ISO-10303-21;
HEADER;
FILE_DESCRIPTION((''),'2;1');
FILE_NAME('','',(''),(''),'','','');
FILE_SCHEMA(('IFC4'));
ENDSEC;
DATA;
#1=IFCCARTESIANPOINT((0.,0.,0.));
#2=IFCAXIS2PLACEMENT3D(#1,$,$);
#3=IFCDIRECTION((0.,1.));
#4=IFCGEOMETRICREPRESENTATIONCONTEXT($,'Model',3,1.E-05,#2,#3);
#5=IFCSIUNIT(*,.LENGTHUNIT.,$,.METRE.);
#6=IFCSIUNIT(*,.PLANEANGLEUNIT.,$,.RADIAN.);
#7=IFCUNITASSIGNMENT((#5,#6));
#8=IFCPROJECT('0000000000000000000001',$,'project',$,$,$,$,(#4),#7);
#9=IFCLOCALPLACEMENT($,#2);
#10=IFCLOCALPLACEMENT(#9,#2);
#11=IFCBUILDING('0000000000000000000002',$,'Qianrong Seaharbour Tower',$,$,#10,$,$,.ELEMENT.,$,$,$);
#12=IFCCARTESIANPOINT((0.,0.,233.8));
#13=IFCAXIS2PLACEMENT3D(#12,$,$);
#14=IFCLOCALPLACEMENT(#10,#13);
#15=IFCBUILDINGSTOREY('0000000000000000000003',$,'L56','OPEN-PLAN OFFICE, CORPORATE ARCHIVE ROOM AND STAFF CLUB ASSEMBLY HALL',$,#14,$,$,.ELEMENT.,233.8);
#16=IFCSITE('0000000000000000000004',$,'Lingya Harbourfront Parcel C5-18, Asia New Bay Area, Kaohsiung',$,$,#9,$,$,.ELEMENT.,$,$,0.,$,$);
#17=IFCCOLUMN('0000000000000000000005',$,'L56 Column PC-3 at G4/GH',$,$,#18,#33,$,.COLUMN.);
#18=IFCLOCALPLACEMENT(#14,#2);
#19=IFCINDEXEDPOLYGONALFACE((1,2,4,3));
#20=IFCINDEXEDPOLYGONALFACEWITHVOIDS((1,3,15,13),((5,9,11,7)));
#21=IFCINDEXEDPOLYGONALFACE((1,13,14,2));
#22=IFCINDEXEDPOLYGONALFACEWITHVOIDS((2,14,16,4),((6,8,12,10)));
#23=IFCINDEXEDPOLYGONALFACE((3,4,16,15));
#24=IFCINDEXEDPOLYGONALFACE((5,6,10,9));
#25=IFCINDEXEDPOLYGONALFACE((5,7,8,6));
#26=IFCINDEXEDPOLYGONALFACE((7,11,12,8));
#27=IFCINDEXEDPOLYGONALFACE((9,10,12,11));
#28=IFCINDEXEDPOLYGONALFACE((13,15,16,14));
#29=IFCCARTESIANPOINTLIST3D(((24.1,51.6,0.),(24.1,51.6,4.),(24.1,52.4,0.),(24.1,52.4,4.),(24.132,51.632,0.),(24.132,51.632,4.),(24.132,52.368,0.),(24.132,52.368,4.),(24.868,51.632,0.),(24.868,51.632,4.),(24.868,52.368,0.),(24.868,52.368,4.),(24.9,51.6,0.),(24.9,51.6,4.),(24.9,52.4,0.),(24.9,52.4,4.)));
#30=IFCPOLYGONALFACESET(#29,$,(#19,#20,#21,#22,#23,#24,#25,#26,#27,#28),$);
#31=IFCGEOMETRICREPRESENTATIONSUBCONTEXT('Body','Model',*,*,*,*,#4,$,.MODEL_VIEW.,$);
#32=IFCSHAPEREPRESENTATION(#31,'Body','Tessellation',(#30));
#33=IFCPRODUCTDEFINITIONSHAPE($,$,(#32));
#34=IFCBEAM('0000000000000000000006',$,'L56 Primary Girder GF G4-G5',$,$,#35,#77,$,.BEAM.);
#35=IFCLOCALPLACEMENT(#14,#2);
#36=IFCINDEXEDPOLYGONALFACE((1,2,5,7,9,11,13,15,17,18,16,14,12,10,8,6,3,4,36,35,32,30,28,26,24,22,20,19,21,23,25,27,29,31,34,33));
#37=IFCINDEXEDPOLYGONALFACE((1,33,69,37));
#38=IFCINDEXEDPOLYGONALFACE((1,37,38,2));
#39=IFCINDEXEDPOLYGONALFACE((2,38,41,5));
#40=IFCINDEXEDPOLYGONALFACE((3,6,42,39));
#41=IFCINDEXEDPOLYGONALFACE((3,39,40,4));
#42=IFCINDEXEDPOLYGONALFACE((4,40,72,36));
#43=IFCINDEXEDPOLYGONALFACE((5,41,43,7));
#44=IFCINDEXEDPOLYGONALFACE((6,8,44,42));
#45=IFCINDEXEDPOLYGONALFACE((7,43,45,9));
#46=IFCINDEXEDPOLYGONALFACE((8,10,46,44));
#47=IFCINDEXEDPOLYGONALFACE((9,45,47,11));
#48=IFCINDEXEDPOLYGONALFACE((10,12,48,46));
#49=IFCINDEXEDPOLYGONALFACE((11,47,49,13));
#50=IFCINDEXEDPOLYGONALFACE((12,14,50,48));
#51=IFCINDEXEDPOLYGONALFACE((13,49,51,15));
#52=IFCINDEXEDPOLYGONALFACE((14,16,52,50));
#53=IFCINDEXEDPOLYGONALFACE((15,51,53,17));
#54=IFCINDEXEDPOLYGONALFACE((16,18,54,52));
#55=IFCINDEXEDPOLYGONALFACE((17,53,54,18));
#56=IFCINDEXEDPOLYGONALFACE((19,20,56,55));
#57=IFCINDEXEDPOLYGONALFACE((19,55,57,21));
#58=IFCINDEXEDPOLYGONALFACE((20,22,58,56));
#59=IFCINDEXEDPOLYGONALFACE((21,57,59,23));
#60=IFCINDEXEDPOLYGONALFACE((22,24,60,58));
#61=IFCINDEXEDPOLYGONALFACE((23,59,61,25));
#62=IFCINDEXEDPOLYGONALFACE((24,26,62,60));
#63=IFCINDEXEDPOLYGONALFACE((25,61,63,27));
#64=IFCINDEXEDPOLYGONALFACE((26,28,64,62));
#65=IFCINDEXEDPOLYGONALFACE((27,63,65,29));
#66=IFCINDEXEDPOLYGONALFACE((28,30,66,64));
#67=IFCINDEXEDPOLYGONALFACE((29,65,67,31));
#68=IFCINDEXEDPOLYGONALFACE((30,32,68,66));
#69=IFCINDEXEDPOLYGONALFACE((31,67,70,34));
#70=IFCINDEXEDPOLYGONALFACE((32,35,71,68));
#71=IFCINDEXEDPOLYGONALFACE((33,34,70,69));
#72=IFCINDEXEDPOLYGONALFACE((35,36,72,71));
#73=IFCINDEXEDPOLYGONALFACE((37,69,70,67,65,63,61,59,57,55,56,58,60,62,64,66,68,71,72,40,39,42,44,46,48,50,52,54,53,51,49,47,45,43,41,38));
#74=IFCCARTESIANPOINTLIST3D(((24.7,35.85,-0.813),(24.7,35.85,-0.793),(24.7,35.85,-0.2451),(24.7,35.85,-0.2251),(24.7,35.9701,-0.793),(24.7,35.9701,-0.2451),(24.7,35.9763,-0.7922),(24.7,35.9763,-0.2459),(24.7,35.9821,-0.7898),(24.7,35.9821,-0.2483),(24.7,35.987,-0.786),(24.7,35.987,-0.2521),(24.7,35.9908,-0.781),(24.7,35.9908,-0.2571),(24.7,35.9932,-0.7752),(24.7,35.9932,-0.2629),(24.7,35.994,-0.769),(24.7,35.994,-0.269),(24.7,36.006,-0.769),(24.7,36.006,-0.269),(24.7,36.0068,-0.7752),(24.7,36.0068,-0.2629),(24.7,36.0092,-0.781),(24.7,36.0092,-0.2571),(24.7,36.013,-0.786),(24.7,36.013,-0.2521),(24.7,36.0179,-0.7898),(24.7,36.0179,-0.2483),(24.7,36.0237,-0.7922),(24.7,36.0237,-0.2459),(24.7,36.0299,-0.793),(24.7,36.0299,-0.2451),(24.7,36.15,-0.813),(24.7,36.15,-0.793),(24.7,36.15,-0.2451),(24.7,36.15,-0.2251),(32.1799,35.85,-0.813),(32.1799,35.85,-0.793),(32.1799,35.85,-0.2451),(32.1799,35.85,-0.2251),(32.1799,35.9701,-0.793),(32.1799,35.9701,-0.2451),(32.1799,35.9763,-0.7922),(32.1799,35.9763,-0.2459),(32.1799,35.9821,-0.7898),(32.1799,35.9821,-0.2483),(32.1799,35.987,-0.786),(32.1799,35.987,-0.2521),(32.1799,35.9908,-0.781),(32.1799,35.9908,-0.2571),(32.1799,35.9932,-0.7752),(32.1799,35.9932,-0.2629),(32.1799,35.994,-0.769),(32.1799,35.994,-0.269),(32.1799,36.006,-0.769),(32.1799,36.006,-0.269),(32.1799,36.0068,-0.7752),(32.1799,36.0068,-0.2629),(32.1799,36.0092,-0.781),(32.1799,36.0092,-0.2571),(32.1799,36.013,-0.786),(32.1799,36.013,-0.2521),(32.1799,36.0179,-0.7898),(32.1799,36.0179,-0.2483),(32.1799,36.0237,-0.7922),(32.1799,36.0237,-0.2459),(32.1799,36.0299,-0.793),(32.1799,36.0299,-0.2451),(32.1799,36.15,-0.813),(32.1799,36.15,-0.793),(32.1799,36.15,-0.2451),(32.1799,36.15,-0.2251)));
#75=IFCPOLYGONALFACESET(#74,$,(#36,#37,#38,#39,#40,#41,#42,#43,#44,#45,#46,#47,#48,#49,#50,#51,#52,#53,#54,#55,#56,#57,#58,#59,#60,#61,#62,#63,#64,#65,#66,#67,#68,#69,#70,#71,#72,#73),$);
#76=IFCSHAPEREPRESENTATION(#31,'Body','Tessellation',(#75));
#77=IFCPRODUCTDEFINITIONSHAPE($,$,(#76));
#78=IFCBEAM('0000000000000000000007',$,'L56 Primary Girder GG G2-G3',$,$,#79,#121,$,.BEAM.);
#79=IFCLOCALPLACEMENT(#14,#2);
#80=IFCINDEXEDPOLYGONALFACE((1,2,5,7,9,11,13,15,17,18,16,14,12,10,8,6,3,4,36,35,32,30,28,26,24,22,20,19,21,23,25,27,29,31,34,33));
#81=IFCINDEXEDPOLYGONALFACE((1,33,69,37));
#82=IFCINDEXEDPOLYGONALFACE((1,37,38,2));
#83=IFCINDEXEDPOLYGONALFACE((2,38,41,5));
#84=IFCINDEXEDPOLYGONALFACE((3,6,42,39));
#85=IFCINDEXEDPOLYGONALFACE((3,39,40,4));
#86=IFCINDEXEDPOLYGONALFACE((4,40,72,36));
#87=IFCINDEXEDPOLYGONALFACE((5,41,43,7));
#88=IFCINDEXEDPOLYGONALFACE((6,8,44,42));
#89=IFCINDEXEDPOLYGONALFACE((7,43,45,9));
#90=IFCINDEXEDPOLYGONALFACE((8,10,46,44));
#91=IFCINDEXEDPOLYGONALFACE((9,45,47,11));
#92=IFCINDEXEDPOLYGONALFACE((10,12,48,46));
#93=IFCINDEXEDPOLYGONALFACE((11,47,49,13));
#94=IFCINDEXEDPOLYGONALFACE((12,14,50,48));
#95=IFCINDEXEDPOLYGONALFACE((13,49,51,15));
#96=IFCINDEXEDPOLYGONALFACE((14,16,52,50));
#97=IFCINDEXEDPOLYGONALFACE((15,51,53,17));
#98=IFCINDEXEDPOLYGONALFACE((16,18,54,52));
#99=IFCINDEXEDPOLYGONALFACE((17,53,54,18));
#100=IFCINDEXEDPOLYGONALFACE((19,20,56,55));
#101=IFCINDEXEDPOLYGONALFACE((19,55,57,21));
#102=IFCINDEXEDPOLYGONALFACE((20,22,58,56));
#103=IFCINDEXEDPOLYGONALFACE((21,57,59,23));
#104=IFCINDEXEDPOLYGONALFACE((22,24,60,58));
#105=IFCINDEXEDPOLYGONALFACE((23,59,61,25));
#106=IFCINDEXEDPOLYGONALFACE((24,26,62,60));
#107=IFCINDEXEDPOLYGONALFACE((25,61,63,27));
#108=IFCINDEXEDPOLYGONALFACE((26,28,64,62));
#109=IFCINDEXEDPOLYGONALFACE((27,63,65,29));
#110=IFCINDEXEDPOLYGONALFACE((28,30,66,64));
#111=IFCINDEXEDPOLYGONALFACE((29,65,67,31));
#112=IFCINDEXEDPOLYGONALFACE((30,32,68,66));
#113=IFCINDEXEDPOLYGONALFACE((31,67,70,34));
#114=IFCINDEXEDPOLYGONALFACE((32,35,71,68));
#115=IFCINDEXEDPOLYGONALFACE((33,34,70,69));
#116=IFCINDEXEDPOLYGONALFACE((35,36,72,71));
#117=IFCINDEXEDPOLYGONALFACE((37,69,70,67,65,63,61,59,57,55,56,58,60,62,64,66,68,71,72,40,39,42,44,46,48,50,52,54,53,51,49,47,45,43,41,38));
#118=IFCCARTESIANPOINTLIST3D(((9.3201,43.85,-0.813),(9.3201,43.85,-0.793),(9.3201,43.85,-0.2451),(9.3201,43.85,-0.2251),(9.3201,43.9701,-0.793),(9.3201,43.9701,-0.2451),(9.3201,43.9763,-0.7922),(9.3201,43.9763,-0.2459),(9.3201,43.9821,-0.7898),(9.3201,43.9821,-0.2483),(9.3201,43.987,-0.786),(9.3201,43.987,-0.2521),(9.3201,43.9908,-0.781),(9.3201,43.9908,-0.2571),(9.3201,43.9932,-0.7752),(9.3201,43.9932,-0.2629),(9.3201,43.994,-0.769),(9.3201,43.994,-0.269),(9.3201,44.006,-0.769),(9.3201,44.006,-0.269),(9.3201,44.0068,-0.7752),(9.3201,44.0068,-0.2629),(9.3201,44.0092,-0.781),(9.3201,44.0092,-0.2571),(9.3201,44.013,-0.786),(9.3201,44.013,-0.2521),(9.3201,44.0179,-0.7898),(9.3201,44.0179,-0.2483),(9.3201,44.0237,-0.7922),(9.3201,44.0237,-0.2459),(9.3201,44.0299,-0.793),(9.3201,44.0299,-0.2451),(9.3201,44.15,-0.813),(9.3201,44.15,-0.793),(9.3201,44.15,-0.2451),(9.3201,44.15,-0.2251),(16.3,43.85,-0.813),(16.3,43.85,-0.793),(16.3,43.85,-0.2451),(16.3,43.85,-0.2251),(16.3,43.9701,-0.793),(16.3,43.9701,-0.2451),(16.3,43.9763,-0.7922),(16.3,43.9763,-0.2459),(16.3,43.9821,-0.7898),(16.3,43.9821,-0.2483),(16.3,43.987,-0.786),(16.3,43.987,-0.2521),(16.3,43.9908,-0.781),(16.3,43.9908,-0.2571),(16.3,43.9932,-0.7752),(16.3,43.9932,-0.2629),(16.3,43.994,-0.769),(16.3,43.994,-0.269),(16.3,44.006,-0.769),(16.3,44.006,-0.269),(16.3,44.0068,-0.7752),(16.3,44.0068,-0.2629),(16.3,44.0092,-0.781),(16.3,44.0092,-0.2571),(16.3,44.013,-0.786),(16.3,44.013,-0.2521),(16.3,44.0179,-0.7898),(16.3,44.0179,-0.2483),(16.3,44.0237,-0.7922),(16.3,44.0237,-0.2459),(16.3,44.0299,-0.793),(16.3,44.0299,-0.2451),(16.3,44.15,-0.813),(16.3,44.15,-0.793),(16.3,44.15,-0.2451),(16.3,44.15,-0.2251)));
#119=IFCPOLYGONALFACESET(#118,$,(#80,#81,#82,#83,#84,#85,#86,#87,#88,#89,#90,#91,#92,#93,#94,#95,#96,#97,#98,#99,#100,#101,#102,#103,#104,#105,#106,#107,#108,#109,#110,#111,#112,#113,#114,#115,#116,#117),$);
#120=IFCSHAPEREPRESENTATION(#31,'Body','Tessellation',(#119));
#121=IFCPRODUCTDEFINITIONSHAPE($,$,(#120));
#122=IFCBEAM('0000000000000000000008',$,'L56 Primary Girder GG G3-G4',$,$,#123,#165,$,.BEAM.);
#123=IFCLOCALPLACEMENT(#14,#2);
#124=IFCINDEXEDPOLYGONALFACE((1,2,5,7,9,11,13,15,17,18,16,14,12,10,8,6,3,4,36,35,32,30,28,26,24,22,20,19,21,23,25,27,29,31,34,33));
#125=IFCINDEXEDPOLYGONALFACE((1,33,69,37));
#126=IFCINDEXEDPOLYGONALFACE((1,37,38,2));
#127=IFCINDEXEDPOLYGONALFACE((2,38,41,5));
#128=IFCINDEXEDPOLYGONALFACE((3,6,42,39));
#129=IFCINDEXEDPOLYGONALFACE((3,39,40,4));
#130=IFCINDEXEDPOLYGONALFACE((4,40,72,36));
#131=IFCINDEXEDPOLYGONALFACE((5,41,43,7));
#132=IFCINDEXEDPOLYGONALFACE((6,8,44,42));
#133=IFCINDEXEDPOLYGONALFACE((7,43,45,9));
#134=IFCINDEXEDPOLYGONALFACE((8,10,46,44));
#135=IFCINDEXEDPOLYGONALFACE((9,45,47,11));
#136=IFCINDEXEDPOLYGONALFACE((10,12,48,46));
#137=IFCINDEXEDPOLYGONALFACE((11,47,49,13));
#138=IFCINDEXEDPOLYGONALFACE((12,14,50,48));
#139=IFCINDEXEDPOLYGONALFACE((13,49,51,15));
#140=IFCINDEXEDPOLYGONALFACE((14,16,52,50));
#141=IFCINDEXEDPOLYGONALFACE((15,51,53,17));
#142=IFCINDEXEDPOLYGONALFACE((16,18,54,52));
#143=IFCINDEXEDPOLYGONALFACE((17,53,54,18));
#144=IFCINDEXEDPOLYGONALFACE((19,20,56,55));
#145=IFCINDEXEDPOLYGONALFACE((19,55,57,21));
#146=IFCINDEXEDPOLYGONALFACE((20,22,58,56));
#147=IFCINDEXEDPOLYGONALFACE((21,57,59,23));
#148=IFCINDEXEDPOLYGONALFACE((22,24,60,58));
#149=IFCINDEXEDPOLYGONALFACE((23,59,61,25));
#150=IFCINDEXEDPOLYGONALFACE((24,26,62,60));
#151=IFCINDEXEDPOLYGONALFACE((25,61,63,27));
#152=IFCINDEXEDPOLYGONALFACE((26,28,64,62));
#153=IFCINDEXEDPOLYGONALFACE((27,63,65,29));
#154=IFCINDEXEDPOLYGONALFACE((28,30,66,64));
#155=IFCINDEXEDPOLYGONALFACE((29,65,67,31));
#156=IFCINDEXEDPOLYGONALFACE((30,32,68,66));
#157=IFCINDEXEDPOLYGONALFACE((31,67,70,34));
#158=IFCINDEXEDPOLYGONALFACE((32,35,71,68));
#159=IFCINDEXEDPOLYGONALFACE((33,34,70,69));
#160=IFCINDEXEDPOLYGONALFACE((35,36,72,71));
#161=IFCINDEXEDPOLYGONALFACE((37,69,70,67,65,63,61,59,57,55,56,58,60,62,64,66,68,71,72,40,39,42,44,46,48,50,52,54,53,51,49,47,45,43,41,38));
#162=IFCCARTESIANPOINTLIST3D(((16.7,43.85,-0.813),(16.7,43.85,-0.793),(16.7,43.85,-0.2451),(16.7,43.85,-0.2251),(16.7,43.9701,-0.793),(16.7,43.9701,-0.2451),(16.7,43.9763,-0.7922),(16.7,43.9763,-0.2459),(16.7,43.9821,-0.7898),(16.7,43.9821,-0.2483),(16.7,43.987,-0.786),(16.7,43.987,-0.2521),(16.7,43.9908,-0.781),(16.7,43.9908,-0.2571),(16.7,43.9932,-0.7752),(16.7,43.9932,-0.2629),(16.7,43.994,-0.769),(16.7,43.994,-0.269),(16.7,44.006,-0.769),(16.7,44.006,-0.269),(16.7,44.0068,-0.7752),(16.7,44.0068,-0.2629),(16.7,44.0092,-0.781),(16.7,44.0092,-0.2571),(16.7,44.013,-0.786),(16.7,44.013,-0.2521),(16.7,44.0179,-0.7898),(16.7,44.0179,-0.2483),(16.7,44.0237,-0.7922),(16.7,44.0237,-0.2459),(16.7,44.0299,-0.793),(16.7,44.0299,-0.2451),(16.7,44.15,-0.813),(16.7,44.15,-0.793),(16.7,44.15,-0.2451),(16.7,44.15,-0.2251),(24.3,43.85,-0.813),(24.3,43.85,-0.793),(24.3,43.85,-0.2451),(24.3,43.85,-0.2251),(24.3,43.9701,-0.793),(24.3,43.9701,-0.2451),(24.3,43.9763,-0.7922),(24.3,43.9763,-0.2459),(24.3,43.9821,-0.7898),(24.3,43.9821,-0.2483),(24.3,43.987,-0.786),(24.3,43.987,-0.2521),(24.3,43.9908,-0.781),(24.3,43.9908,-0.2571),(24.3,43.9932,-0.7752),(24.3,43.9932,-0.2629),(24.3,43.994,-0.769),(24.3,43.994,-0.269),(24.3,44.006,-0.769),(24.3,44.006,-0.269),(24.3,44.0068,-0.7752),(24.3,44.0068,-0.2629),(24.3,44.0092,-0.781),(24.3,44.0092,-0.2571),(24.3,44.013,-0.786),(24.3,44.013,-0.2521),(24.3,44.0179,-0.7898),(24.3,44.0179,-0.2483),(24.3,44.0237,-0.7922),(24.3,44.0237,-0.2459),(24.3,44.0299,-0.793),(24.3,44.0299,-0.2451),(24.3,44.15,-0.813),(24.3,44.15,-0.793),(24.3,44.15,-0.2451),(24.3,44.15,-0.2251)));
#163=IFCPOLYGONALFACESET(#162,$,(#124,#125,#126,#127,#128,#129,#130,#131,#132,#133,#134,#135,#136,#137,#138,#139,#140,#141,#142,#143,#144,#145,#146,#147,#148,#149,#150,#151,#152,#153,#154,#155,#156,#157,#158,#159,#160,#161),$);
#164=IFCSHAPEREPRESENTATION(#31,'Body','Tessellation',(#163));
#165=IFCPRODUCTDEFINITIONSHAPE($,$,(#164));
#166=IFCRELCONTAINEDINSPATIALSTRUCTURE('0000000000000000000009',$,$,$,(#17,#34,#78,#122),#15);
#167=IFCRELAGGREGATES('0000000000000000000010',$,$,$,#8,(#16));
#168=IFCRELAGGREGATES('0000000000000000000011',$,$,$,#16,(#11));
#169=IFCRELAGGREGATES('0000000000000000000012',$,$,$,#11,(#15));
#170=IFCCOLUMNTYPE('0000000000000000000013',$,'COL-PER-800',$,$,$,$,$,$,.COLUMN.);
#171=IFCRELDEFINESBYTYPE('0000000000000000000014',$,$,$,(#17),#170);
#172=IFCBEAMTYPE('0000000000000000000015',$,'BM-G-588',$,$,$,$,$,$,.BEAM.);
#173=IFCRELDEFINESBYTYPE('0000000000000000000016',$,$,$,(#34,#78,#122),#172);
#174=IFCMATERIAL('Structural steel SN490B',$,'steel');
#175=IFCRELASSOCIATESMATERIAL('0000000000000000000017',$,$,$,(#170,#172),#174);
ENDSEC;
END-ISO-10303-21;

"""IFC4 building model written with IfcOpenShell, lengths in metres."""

from ifc_helpers import new_model, si_unit, direction, frame, origin, origin_2d, place, context, subcontext, project, spatial, hollow_rectangle, i_section, extrude, material, material_profile, profile_set, type_object, element, save


model = new_model("IFC4")

# Units and contexts
model_context = context("Model", 3, precision=1e-05, world=origin(), true_north=direction((0.0, 1.0)))
body_context = subcontext(model_context, "Body", "Model", "MODEL_VIEW")
ifc_project = project(units=[si_unit("LENGTHUNIT", "METRE"), si_unit("PLANEANGLEUNIT", "RADIAN")], contexts=[model_context])

# Site, building, storey
site_placement = place(None, origin())
site = spatial("IfcSite", under=ifc_project, at=site_placement, Name="Lingya Harbourfront Parcel C5-18, Asia New Bay Area, Kaohsiung", CompositionType="ELEMENT", RefElevation=0.0)
building_placement = place(site_placement, origin())
building = spatial("IfcBuilding", under=site, at=building_placement, Name="Qianrong Seaharbour Tower", CompositionType="ELEMENT")
storey_placement = place(building_placement, frame((0.0, 0.0, 233.8)))
storey = spatial("IfcBuildingStorey", under=building, at=storey_placement, Name="L56", Description="OPEN-PLAN OFFICE, CORPORATE ARCHIVE ROOM AND STAFF CLUB ASSEMBLY HALL", CompositionType="ELEMENT", Elevation=233.8)

# Column
ifc_material_1 = material(Name="Structural steel SN490B", Category="steel")
ifc_material_profile_1 = material_profile(ifc_material_1, hollow_rectangle(XDim=0.8, YDim=0.8, WallThickness=0.032, at=origin_2d()), Name="BOX800x800x32")
ifc_profile_set_1 = profile_set([ifc_material_profile_1], Name="Structural steel SN490B")
column_type_1 = type_object("IfcColumnType", Name="COL-PER-800", PredefinedType="COLUMN", material=ifc_profile_set_1)
for number, where, z_axis, x_axis, name in (
    (1, (24.5, 52.0, 0.0), (0.0, 0.0, 1.0), (1.0, 0.0, 0.0), "L56 Column PC-3 at G4/GH"),
):
    element("IfcColumn", number, at=place(storey_placement, frame(where, z_axis=z_axis, x_axis=x_axis)), inside=storey, type_object=column_type_1, Name=name, PredefinedType="COLUMN", context=body_context, shape_type="SweptSolid", body=[
        extrude(hollow_rectangle(XDim=0.8, YDim=0.8, WallThickness=0.032, at=origin_2d()), origin(), (0.0, 0.0, 1.0), 4.0),
    ])

# Beams
ifc_material_profile_2 = material_profile(ifc_material_1, i_section(OverallWidth=0.3, OverallDepth=0.5879, WebThickness=0.012, FlangeThickness=0.02, FilletRadius=0.0239, at=origin_2d()), Name="H588x300x12x20")
ifc_profile_set_2 = profile_set([ifc_material_profile_2], Name="Structural steel SN490B")
beam_type_1 = type_object("IfcBeamType", Name="BM-G-588", PredefinedType="BEAM", material=ifc_profile_set_2)
beam_1_placement = place(storey_placement, frame((24.7, 36.0, -0.519), z_axis=(1.0, 0.0, 0.0), x_axis=(0.0, 1.0, 0.0)))
element("IfcBeam", 2, at=beam_1_placement, inside=storey, type_object=beam_type_1, Name="L56 Primary Girder GF G4-G5", PredefinedType="BEAM", context=body_context, shape_type="SweptSolid", body=[
    extrude(i_section(OverallWidth=0.3, OverallDepth=0.5879, WebThickness=0.012, FlangeThickness=0.02, FilletRadius=0.0239, at=origin_2d()), origin(), (0.0, 0.0, 1.0), 7.48),
])
beam_2_placement = place(storey_placement, frame((9.3201, 44.0, -0.519), z_axis=(1.0, 0.0, 0.0), x_axis=(0.0, 1.0, 0.0)))
element("IfcBeam", 3, at=beam_2_placement, inside=storey, type_object=beam_type_1, Name="L56 Primary Girder GG G2-G3", PredefinedType="BEAM", context=body_context, shape_type="SweptSolid", body=[
    extrude(i_section(OverallWidth=0.3, OverallDepth=0.5879, WebThickness=0.012, FlangeThickness=0.02, FilletRadius=0.0239, at=origin_2d()), origin(), (0.0, 0.0, 1.0), 6.98),
])
for number, where, z_axis, x_axis, name in (
    (4, (16.7, 44.0, -0.519), (1.0, 0.0, 0.0), (0.0, 1.0, 0.0), "L56 Primary Girder GG G3-G4"),
):
    element("IfcBeam", number, at=place(storey_placement, frame(where, z_axis=z_axis, x_axis=x_axis)), inside=storey, type_object=beam_type_1, Name=name, PredefinedType="BEAM", context=body_context, shape_type="SweptSolid", body=[
        extrude(i_section(OverallWidth=0.3, OverallDepth=0.5879, WebThickness=0.012, FlangeThickness=0.02, FilletRadius=0.0239, at=origin_2d()), origin(), (0.0, 0.0, 1.0), 7.6001),
    ])

save(model, "model.ifc")
